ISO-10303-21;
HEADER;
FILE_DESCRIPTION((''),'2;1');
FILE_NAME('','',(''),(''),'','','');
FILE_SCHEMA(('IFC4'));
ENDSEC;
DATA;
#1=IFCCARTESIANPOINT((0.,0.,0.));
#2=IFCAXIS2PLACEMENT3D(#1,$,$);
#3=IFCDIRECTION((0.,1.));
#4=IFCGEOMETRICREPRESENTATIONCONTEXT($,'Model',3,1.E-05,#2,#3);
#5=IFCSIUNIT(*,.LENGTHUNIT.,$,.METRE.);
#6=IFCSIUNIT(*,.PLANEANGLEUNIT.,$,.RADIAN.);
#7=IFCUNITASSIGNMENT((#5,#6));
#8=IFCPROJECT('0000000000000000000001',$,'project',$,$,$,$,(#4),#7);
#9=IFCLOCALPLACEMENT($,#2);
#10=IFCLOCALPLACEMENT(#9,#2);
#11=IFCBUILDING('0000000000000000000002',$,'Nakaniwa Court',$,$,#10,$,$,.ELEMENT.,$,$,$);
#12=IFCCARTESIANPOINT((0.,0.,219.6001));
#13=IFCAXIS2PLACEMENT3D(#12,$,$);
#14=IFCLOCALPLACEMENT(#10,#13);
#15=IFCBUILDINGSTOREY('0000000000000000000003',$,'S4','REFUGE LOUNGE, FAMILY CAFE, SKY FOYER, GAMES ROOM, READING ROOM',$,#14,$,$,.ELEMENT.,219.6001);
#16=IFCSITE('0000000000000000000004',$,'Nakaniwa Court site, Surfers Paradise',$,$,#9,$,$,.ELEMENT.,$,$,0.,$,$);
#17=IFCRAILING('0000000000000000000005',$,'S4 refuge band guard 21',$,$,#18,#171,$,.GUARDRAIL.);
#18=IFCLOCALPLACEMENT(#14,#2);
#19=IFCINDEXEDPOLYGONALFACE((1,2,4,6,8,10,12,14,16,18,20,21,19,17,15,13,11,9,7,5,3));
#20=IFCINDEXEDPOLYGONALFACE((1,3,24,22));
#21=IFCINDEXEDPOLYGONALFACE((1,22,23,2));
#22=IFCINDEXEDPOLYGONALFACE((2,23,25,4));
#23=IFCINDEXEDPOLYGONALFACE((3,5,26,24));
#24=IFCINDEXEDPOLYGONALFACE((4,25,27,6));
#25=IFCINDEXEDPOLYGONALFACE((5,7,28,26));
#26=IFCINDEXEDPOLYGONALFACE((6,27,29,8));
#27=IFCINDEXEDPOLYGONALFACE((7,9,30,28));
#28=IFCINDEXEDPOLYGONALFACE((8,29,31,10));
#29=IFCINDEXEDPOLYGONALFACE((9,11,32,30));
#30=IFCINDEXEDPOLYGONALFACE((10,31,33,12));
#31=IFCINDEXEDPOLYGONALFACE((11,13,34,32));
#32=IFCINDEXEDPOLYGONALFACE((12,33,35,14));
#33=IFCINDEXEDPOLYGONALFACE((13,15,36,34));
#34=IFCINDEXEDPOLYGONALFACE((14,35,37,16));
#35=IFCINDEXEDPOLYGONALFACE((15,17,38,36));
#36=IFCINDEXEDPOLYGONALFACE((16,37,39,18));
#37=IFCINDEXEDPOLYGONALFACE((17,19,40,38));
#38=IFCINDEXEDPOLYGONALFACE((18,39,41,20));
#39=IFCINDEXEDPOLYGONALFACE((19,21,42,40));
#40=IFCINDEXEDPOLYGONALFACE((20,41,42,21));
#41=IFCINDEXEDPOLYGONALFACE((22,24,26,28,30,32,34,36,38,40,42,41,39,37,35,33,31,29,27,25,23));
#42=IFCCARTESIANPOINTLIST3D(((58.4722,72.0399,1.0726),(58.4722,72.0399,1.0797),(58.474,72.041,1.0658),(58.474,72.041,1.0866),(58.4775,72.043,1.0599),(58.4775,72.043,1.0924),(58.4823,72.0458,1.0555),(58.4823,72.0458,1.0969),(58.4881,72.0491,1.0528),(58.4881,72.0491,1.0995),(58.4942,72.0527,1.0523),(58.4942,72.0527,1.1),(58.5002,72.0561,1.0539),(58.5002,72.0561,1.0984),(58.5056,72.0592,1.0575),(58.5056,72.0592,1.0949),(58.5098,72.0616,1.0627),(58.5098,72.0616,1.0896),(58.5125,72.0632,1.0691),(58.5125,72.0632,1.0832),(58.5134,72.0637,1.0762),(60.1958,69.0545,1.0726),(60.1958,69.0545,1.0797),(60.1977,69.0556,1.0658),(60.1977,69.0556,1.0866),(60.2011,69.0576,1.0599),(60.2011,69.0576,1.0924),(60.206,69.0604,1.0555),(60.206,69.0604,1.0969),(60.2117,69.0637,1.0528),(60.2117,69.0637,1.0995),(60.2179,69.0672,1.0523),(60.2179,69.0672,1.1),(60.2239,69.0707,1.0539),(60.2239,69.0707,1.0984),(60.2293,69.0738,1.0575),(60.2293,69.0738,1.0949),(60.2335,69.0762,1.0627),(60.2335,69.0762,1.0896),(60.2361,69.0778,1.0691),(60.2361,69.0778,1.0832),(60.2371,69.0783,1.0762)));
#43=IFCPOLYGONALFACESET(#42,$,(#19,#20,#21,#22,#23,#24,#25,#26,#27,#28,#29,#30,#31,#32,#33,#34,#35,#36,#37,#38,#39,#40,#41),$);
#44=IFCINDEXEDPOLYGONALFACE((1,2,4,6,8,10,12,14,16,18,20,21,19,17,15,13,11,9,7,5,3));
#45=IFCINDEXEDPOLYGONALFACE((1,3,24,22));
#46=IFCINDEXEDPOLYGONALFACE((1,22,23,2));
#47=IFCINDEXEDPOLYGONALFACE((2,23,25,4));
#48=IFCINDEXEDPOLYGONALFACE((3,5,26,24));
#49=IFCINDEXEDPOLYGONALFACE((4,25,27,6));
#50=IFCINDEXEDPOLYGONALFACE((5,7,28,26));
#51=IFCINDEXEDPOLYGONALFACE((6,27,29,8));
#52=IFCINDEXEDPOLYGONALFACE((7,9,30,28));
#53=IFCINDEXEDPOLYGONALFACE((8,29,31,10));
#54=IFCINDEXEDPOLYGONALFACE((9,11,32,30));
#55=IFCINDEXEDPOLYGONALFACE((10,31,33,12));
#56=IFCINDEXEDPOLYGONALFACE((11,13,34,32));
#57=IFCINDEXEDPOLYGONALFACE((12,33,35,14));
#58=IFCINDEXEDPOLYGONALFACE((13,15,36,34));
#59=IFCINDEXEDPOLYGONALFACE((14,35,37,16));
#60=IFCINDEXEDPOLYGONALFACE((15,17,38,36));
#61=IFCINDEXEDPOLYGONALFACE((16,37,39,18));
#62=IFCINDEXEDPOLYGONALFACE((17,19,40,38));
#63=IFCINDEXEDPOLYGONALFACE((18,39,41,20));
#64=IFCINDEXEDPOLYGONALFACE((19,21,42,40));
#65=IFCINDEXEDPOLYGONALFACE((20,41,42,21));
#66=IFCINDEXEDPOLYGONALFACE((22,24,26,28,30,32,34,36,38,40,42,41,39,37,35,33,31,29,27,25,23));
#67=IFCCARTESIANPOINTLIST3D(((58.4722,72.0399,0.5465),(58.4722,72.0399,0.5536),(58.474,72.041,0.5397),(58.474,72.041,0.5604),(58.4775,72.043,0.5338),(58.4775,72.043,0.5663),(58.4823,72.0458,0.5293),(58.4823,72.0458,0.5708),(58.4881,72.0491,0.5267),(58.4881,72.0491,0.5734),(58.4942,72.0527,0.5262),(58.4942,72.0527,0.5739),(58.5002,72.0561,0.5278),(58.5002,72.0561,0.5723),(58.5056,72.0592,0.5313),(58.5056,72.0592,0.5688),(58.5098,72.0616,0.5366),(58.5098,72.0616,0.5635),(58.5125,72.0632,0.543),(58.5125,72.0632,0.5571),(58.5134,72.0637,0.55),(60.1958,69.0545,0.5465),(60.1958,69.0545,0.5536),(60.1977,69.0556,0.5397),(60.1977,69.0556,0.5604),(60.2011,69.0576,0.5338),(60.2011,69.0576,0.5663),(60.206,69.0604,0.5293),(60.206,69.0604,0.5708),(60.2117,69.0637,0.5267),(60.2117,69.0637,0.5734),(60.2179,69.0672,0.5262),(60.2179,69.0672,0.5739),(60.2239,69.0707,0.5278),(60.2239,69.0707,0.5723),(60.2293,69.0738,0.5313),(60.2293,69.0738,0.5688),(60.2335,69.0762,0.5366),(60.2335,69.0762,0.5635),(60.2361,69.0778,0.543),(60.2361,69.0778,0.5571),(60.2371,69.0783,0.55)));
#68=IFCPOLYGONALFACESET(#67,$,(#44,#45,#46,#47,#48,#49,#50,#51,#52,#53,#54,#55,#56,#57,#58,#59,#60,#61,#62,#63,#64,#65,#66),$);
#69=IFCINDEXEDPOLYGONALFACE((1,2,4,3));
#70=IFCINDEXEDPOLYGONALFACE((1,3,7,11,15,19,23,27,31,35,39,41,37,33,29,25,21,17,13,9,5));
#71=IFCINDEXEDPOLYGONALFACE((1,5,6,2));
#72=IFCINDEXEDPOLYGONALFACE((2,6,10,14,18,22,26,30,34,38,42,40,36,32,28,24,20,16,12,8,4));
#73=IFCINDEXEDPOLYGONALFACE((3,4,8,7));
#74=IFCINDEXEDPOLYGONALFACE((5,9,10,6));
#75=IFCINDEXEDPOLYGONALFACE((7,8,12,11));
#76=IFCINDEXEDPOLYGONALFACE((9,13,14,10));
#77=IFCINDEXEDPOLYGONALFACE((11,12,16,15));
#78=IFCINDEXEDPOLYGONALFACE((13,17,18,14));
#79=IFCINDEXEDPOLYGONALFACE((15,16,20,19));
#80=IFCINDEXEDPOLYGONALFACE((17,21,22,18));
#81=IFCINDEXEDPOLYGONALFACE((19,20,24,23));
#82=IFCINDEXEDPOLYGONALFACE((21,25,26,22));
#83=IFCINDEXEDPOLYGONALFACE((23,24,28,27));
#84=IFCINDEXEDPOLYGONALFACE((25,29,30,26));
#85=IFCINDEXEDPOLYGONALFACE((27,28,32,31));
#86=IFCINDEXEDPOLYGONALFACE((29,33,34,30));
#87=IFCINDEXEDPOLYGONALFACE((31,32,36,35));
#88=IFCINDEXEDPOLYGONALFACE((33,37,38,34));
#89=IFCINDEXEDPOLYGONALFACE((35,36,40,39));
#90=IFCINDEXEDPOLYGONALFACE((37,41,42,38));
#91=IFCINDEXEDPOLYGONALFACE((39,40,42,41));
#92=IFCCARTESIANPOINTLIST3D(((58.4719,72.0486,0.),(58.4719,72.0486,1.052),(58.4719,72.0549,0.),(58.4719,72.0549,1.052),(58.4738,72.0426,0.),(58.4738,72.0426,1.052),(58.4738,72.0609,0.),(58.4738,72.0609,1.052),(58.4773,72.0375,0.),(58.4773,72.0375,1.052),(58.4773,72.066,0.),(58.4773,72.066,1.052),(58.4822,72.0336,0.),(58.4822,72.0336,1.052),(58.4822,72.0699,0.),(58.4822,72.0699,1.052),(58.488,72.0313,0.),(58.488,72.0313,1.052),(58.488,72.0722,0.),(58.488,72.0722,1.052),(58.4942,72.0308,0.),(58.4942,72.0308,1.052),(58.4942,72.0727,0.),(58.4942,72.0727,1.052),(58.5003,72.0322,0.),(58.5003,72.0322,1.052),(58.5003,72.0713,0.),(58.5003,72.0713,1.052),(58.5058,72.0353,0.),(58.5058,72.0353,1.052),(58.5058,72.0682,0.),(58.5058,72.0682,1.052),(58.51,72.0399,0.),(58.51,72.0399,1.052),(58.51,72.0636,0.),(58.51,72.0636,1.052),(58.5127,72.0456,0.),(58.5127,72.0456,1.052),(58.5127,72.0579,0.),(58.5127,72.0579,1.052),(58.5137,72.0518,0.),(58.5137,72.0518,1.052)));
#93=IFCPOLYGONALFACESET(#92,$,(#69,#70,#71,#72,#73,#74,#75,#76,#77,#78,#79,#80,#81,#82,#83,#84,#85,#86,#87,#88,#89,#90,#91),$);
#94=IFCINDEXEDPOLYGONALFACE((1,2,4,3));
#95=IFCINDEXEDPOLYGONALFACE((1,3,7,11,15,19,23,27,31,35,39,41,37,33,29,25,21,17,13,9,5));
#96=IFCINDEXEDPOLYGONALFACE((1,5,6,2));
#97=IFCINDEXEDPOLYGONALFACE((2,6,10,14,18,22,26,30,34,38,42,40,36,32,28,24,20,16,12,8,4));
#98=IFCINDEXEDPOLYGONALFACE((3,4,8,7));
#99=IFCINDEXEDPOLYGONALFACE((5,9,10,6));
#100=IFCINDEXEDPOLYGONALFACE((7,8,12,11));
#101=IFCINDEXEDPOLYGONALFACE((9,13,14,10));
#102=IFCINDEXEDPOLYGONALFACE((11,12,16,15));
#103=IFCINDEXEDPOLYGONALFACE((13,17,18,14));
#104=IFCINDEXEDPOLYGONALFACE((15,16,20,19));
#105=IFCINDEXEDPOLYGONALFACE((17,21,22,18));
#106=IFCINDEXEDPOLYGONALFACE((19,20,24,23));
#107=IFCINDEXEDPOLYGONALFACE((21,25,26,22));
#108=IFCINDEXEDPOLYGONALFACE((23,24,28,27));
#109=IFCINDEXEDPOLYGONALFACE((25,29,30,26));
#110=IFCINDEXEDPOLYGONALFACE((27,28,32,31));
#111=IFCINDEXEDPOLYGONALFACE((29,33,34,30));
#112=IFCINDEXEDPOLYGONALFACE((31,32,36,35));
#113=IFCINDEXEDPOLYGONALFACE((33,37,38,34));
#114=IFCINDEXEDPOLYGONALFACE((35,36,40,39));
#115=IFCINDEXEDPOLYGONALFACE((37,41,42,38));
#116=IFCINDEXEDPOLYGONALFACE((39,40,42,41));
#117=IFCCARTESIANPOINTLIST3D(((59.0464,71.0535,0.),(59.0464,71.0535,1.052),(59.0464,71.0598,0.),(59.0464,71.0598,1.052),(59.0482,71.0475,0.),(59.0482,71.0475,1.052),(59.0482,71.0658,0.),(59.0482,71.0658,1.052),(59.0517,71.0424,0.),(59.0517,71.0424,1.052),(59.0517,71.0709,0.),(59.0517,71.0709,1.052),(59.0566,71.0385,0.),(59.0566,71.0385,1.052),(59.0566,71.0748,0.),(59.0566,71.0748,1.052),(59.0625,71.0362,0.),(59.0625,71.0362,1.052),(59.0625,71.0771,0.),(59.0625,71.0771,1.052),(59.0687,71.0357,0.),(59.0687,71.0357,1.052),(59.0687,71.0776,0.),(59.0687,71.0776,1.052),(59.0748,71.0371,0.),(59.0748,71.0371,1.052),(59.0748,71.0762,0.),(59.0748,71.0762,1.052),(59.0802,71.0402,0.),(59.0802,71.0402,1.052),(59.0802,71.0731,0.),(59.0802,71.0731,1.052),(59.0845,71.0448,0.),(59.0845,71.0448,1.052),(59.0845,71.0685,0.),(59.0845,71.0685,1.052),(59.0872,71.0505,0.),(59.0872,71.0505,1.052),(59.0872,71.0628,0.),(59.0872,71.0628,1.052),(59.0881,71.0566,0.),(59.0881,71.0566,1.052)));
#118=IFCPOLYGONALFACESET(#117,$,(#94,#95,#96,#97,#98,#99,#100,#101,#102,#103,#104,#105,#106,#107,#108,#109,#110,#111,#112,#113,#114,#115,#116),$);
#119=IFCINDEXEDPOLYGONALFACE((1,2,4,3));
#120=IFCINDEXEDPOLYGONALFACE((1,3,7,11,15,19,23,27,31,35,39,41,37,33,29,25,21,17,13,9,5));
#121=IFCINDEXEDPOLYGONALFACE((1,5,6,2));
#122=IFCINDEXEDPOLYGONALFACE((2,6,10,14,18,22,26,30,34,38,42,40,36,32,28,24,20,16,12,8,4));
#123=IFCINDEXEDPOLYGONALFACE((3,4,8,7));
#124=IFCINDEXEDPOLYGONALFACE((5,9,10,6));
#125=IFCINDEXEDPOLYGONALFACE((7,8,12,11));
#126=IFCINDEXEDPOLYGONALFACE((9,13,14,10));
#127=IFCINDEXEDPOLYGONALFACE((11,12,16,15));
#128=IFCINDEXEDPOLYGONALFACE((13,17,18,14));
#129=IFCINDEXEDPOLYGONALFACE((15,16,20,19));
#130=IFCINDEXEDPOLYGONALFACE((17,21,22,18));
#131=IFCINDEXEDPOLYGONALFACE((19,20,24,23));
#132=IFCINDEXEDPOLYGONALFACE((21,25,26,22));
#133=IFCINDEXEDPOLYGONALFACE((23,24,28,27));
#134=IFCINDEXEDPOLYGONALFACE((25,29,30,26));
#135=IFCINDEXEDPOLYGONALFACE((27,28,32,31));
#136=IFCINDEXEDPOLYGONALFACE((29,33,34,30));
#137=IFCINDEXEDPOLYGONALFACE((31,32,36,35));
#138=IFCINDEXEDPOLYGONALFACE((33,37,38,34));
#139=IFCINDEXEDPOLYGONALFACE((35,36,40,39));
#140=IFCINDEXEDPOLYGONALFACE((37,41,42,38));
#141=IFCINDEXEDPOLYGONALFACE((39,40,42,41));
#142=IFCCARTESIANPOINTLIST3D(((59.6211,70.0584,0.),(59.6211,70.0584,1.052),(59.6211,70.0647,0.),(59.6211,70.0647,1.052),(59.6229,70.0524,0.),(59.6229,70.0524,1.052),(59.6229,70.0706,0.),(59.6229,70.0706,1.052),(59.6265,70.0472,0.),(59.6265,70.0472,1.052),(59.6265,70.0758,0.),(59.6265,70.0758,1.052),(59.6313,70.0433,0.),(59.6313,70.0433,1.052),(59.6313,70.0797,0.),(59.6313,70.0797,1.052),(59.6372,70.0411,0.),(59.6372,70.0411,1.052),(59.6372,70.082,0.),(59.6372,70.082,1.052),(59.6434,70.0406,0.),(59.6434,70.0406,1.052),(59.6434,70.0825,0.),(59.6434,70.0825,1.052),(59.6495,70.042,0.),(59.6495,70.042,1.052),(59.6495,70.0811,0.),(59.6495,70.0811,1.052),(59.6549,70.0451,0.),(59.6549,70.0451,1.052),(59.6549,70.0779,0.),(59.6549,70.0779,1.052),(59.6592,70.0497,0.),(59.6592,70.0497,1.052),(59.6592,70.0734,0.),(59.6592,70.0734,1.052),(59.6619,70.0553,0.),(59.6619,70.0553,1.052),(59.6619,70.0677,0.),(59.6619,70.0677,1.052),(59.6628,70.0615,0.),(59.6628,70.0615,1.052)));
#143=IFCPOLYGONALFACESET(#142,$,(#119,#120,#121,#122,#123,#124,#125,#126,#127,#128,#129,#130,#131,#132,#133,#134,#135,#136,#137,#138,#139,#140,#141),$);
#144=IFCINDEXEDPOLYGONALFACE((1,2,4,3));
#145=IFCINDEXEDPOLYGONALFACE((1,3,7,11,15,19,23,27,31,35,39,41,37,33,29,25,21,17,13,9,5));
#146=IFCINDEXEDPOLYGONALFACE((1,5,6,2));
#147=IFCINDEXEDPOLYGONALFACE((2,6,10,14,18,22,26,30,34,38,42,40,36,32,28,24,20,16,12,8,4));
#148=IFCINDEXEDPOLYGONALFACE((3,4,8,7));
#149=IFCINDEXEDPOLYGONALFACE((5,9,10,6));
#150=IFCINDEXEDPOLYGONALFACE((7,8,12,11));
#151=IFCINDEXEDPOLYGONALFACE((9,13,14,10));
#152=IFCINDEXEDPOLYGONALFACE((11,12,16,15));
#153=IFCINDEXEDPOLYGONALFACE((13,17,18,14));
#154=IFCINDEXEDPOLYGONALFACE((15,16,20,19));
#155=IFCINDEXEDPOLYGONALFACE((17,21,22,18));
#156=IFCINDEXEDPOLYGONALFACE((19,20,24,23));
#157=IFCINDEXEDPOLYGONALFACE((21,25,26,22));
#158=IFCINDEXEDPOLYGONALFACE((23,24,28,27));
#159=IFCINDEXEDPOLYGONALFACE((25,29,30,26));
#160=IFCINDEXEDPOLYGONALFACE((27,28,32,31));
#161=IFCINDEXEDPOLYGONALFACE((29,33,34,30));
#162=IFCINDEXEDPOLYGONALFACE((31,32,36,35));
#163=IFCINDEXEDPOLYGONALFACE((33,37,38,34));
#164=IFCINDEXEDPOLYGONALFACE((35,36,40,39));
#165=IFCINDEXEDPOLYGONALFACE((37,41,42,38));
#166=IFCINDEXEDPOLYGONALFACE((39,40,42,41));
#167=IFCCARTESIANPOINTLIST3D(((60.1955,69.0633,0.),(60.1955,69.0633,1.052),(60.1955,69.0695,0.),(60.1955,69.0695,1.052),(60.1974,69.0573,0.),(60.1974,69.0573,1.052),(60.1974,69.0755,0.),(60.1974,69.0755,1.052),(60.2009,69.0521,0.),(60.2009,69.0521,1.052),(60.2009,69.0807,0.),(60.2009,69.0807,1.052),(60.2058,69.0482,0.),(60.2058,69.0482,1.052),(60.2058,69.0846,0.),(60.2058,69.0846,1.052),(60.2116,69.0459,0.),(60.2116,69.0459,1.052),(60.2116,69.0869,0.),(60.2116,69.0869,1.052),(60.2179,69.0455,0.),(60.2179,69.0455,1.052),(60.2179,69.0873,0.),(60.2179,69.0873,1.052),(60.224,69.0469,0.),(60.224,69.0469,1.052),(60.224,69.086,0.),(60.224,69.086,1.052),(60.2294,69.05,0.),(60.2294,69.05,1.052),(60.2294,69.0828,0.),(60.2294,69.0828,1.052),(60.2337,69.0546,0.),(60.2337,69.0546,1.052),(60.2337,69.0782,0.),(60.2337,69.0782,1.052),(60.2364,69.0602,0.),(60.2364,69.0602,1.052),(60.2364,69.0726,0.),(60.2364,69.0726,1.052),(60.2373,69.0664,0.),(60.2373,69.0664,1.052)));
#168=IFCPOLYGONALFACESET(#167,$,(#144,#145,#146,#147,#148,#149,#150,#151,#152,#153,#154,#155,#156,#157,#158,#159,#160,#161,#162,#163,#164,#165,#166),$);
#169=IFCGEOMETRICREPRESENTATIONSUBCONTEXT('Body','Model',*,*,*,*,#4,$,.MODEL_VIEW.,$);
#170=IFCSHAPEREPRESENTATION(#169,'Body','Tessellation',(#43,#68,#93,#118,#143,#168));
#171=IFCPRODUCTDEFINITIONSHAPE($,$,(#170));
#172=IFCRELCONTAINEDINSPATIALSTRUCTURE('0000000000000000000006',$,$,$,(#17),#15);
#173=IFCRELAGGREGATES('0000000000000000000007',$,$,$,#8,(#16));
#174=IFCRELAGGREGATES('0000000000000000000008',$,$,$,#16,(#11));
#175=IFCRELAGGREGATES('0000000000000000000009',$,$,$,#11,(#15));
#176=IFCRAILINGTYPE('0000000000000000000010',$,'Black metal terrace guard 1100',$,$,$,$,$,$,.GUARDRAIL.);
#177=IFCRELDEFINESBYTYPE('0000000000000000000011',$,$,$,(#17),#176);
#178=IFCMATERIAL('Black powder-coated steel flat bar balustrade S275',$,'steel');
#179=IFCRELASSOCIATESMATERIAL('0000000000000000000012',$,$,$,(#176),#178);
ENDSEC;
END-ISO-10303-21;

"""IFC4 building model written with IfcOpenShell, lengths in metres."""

from ifc_helpers import new_model, si_unit, direction, frame, origin, origin_2d, place, context, subcontext, project, spatial, circle, extrude, material, type_object, element, save


model = new_model("IFC4")

# Units and contexts
model_context = context("Model", 3, precision=1e-05, world=origin(), true_north=direction((0.0, 1.0)))
body_context = subcontext(model_context, "Body", "Model", "MODEL_VIEW")
ifc_project = project(units=[si_unit("LENGTHUNIT", "METRE"), si_unit("PLANEANGLEUNIT", "RADIAN")], contexts=[model_context])

# Site, building, storey
site_placement = place(None, origin())
site = spatial("IfcSite", under=ifc_project, at=site_placement, Name="Nakaniwa Court site, Surfers Paradise", CompositionType="ELEMENT", RefElevation=0.0)
building_placement = place(site_placement, origin())
building = spatial("IfcBuilding", under=site, at=building_placement, Name="Nakaniwa Court", CompositionType="ELEMENT")
storey_placement = place(building_placement, frame((0.0, 0.0, 219.6001)))
storey = spatial("IfcBuildingStorey", under=building, at=storey_placement, Name="S4", Description="REFUGE LOUNGE, FAMILY CAFE, SKY FOYER, GAMES ROOM, READING ROOM", CompositionType="ELEMENT", Elevation=219.6001)

# Railing
ifc_material_1 = material(Name="Black powder-coated steel flat bar balustrade S275", Category="steel")
railing_type = type_object("IfcRailingType", Name="Black metal terrace guard 1100", PredefinedType="GUARDRAIL", material=ifc_material_1)
railing_1_placement = place(storey_placement, frame((58.4927, 72.0518, 0.0)))
element("IfcRailing", 1, at=railing_1_placement, inside=storey, type_object=railing_type, Name="S4 refuge band guard 21", PredefinedType="GUARDRAIL", context=body_context, shape_type="SweptSolid", body=[
    extrude(circle(Radius=0.0239, at=origin_2d()), frame((0.0, 0.0, 1.0762), z_axis=(0.500009, -0.86602, 0.0), x_axis=(0.86602, 0.500009, 0.0)), (0.0, 0.0, 1.0), 3.4473),
    extrude(circle(Radius=0.0239, at=origin_2d()), frame((0.0, 0.0, 0.55), z_axis=(0.500009, -0.86602, 0.0), x_axis=(0.86602, 0.500009, 0.0)), (0.0, 0.0, 1.0), 3.4473),
    extrude(circle(Radius=0.021, at=origin_2d()), origin(), (0.0, 0.0, 1.0), 1.052),
    extrude(circle(Radius=0.021, at=origin_2d()), frame((0.5745, -0.9951, 0.0)), (0.0, 0.0, 1.0), 1.052),
    extrude(circle(Radius=0.021, at=origin_2d()), frame((1.1492, -1.9902, 0.0)), (0.0, 0.0, 1.0), 1.052),
    extrude(circle(Radius=0.021, at=origin_2d()), frame((1.7236, -2.9854, 0.0)), (0.0, 0.0, 1.0), 1.052),
])

save(model, "model.ifc")
